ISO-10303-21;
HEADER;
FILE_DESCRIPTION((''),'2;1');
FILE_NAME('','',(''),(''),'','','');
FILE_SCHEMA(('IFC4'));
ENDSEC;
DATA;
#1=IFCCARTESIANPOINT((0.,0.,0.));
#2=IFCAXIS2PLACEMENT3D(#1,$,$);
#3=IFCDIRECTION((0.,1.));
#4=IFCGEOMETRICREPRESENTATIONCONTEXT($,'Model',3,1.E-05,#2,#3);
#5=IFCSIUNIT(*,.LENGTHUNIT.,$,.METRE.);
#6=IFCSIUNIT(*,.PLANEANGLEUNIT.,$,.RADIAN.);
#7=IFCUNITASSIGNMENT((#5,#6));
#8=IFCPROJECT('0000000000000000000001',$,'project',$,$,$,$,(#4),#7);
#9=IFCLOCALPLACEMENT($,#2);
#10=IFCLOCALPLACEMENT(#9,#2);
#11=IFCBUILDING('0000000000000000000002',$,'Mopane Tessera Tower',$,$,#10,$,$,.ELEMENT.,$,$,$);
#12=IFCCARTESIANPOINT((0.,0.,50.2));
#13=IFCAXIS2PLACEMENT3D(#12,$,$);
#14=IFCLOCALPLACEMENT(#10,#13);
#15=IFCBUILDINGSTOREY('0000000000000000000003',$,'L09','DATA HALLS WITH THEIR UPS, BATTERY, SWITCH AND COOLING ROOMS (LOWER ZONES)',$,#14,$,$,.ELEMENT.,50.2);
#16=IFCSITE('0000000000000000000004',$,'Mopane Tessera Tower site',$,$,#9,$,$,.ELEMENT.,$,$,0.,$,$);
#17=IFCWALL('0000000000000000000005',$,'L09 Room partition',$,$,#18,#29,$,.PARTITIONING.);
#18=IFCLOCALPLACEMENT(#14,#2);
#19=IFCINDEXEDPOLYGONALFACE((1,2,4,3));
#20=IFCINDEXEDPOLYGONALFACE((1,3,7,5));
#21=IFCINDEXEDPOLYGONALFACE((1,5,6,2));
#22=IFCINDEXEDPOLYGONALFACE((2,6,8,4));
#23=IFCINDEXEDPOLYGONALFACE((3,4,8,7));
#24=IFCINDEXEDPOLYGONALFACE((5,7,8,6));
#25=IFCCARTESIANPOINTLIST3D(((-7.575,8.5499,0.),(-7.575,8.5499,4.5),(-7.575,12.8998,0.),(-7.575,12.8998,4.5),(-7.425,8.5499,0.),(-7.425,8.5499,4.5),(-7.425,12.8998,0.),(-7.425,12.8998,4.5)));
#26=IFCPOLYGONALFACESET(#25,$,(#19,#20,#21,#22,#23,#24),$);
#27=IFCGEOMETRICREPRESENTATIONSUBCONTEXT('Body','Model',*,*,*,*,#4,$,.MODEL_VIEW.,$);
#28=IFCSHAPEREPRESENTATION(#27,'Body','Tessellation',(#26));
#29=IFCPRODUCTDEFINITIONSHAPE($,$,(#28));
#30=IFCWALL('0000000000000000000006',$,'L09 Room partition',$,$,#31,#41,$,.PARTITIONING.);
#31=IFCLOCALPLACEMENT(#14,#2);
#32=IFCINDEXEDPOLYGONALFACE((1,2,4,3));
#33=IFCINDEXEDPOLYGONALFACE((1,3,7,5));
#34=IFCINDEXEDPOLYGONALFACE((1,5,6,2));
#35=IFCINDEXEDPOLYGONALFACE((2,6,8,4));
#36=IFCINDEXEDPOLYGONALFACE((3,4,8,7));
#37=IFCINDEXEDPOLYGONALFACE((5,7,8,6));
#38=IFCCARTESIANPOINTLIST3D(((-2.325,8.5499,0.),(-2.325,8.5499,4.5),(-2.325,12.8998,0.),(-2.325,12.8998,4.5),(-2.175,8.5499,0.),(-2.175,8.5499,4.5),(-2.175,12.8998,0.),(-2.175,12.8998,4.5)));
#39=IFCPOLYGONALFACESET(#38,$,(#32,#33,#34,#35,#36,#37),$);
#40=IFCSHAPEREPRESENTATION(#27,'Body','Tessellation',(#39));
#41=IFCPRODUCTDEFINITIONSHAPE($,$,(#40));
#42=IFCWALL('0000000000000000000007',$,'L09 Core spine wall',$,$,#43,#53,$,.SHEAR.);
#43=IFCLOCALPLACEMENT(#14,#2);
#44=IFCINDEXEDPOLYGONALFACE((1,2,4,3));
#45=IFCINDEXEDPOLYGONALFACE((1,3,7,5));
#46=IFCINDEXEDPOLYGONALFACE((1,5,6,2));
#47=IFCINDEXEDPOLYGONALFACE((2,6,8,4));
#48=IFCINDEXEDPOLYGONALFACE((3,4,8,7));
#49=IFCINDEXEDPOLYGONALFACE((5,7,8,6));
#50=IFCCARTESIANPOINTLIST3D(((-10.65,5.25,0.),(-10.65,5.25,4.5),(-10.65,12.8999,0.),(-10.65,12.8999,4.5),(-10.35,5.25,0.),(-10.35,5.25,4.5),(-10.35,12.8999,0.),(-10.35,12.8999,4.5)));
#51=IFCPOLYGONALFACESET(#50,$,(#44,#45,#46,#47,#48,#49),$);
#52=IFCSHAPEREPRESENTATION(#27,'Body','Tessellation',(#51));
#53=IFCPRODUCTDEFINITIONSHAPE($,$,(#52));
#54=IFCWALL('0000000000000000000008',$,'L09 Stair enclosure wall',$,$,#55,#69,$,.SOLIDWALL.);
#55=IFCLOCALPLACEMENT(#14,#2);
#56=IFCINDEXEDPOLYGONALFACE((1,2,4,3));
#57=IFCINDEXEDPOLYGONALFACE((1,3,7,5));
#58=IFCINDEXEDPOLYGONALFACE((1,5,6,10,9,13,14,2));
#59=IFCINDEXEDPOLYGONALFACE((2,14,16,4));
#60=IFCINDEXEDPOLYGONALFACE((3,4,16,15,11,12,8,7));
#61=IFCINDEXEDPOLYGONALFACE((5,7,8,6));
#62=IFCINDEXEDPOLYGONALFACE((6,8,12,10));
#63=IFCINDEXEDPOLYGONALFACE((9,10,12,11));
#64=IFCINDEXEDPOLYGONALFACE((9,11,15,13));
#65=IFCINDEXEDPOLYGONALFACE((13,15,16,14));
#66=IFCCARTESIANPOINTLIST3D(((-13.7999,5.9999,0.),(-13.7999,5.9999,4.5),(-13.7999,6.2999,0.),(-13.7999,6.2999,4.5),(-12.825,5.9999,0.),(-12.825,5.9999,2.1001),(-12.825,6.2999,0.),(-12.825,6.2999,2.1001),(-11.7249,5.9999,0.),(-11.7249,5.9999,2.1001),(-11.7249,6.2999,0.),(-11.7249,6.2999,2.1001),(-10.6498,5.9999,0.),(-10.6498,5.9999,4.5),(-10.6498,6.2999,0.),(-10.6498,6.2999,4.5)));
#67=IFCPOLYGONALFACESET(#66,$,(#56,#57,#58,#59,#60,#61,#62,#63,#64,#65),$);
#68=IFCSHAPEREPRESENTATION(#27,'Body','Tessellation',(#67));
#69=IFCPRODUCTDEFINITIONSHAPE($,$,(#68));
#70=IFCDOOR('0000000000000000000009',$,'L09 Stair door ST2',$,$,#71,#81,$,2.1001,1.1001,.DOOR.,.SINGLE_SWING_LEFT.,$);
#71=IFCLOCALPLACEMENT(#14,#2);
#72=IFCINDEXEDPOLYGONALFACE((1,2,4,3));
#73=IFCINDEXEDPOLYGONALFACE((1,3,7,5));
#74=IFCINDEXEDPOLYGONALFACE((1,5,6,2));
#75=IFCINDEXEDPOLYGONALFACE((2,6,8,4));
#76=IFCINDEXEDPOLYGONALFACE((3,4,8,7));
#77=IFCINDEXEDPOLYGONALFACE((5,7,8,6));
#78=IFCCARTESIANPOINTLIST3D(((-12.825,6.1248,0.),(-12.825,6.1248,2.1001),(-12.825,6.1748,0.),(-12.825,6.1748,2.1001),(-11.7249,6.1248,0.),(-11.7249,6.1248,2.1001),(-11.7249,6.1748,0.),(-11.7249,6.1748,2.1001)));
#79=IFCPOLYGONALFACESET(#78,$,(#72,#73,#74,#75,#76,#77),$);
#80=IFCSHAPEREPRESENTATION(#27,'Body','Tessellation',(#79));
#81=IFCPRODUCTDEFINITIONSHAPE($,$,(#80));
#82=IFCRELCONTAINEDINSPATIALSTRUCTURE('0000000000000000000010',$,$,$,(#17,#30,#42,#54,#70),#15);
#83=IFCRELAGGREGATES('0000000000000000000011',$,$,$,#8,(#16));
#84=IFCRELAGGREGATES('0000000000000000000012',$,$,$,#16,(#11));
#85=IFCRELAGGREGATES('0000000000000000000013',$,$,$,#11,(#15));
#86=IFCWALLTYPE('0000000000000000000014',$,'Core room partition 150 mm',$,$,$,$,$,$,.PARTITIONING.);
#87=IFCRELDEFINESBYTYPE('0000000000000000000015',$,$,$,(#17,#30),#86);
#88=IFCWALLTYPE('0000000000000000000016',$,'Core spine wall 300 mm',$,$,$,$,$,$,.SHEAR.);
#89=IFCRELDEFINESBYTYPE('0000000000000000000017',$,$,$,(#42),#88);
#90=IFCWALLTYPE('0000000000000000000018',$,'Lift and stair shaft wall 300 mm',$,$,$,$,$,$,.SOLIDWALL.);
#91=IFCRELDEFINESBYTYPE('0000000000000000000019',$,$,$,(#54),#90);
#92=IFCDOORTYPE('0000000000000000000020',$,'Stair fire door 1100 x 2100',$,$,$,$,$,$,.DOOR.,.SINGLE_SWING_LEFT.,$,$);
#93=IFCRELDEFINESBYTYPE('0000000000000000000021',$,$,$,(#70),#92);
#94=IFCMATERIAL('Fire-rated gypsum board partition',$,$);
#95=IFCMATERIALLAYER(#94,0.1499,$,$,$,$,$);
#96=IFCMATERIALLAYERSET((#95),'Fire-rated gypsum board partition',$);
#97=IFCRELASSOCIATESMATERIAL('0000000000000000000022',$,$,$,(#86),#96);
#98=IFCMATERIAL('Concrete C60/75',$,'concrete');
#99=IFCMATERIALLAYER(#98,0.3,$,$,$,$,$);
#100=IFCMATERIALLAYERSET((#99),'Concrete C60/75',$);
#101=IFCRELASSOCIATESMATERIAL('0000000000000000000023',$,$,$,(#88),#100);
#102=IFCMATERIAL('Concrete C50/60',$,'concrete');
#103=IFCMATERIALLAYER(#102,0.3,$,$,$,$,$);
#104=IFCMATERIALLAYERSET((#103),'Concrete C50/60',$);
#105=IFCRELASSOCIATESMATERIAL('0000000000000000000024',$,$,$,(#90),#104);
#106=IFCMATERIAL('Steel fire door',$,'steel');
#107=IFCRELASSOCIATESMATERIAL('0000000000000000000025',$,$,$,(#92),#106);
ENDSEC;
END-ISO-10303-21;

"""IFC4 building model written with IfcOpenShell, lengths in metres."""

from ifc_helpers import new_model, si_unit, direction, frame, frame_2d, origin, place, context, subcontext, project, spatial, rectangle, extrude, material, layer, layer_set, type_object, element, fill, save


model = new_model("IFC4")

# Units and contexts
model_context = context("Model", 3, precision=1e-05, world=origin(), true_north=direction((0.0, 1.0)))
body_context = subcontext(model_context, "Body", "Model", "MODEL_VIEW")
ifc_project = project(units=[si_unit("LENGTHUNIT", "METRE"), si_unit("PLANEANGLEUNIT", "RADIAN")], contexts=[model_context])

# Site, building, storey
site_placement = place(None, origin())
site = spatial("IfcSite", under=ifc_project, at=site_placement, Name="Mopane Tessera Tower site", CompositionType="ELEMENT", RefElevation=0.0)
building_placement = place(site_placement, origin())
building = spatial("IfcBuilding", under=site, at=building_placement, Name="Mopane Tessera Tower", CompositionType="ELEMENT")
storey_placement = place(building_placement, frame((0.0, 0.0, 50.2)))
storey = spatial("IfcBuildingStorey", under=building, at=storey_placement, Name="L09", Description="DATA HALLS WITH THEIR UPS, BATTERY, SWITCH AND COOLING ROOMS (LOWER ZONES)", CompositionType="ELEMENT", Elevation=50.2)

# Walls
ifc_material_1 = material(Name="Fire-rated gypsum board partition")
ifc_layer_1 = layer(ifc_material_1, 0.1499)
ifc_layer_set_1 = layer_set([ifc_layer_1], Name="Fire-rated gypsum board partition")
wall_type_1 = type_object("IfcWallType", Name="Core room partition 150 mm", PredefinedType="PARTITIONING", material=ifc_layer_set_1)
for number, where, z_axis, x_axis, name in (
    (1, (-7.5, 8.55, 0.0), (0.0, 0.0, 1.0), (0.0, 1.0, 0.0), "L09 Room partition"),
    (2, (-2.25, 8.55, 0.0), (0.0, 0.0, 1.0), (0.0, 1.0, 0.0), "L09 Room partition"),
):
    element("IfcWall", number, at=place(storey_placement, frame(where, z_axis=z_axis, x_axis=x_axis)), inside=storey, type_object=wall_type_1, Name=name, PredefinedType="PARTITIONING", context=body_context, shape_type="SweptSolid", body=[
        extrude(rectangle(XDim=4.3499, YDim=0.1499, at=frame_2d((2.1748, 0.0))), origin(), (0.0, 0.0, 1.0), 4.5),
    ])
ifc_material_2 = material(Name="Concrete C60/75", Category="concrete")
ifc_layer_2 = layer(ifc_material_2, 0.3)
ifc_layer_set_2 = layer_set([ifc_layer_2], Name="Concrete C60/75")
wall_type_2 = type_object("IfcWallType", Name="Core spine wall 300 mm", PredefinedType="SHEAR", material=ifc_layer_set_2)
wall_1_placement = place(storey_placement, frame((-10.5, 5.25, 0.0), z_axis=(0.0, 0.0, 1.0), x_axis=(0.0, 1.0, 0.0)))
element("IfcWall", 3, at=wall_1_placement, inside=storey, type_object=wall_type_2, Name="L09 Core spine wall", PredefinedType="SHEAR", context=body_context, shape_type="SweptSolid", body=[
    extrude(rectangle(XDim=7.6499, YDim=0.3, at=frame_2d((3.825, 0.0))), origin(), (0.0, 0.0, 1.0), 4.5),
])

# Wall, opening, door
ifc_material_3 = material(Name="Concrete C50/60", Category="concrete")
ifc_layer_3 = layer(ifc_material_3, 0.3)
ifc_layer_set_3 = layer_set([ifc_layer_3], Name="Concrete C50/60")
wall_type_3 = type_object("IfcWallType", Name="Lift and stair shaft wall 300 mm", PredefinedType="SOLIDWALL", material=ifc_layer_set_3)
wall_2_placement = place(storey_placement, frame((-13.8, 6.1499, 0.0), z_axis=(0.0, 0.0, 1.0), x_axis=(1.0, 0.0, 0.0)))
wall_2 = element("IfcWall", 4, at=wall_2_placement, inside=storey, type_object=wall_type_3, Name="L09 Stair enclosure wall", PredefinedType="SOLIDWALL", context=body_context, shape_type="SweptSolid", body=[
    extrude(rectangle(XDim=3.1501, YDim=0.3, at=frame_2d((1.5752, 0.0))), origin(), (0.0, 0.0, 1.0), 4.5),
])
opening_1_placement = place(wall_2_placement, frame((0.9751, 0.0, 0.0)))
opening_1 = element("IfcOpeningElement", 5, at=opening_1_placement, cuts=wall_2, PredefinedType="OPENING", context=body_context, shape_type="SweptSolid", body=[
    extrude(rectangle(XDim=1.1001, YDim=2.1001, at=frame_2d((0.55, 1.05))), frame((0.0, 0.1621, 0.0), z_axis=(0.0, -1.0, 0.0), x_axis=(1.0, 0.0, 0.0)), (0.0, 0.0, 1.0), 0.324),
])
ifc_material_4 = material(Name="Steel fire door", Category="steel")
door_type_1 = type_object("IfcDoorType", Name="Stair fire door 1100 x 2100", OperationType="SINGLE_SWING_LEFT", PredefinedType="DOOR", material=ifc_material_4)
door_1_placement = place(opening_1_placement, origin())
door_1 = element("IfcDoor", 6, at=door_1_placement, inside=storey, type_object=door_type_1, Name="L09 Stair door ST2", OperationType="SINGLE_SWING_LEFT", OverallHeight=2.1001, OverallWidth=1.1001, PredefinedType="DOOR", context=body_context, shape_type="SweptSolid", body=[
    extrude(rectangle(XDim=1.1001, YDim=2.1001, at=frame_2d((0.55, 1.05))), frame((0.0, 0.0249, 0.0), z_axis=(0.0, -1.0, 0.0), x_axis=(1.0, 0.0, 0.0)), (0.0, 0.0, 1.0), 0.05),
])
fill(opening_1, door_1)

save(model, "model.ifc")
